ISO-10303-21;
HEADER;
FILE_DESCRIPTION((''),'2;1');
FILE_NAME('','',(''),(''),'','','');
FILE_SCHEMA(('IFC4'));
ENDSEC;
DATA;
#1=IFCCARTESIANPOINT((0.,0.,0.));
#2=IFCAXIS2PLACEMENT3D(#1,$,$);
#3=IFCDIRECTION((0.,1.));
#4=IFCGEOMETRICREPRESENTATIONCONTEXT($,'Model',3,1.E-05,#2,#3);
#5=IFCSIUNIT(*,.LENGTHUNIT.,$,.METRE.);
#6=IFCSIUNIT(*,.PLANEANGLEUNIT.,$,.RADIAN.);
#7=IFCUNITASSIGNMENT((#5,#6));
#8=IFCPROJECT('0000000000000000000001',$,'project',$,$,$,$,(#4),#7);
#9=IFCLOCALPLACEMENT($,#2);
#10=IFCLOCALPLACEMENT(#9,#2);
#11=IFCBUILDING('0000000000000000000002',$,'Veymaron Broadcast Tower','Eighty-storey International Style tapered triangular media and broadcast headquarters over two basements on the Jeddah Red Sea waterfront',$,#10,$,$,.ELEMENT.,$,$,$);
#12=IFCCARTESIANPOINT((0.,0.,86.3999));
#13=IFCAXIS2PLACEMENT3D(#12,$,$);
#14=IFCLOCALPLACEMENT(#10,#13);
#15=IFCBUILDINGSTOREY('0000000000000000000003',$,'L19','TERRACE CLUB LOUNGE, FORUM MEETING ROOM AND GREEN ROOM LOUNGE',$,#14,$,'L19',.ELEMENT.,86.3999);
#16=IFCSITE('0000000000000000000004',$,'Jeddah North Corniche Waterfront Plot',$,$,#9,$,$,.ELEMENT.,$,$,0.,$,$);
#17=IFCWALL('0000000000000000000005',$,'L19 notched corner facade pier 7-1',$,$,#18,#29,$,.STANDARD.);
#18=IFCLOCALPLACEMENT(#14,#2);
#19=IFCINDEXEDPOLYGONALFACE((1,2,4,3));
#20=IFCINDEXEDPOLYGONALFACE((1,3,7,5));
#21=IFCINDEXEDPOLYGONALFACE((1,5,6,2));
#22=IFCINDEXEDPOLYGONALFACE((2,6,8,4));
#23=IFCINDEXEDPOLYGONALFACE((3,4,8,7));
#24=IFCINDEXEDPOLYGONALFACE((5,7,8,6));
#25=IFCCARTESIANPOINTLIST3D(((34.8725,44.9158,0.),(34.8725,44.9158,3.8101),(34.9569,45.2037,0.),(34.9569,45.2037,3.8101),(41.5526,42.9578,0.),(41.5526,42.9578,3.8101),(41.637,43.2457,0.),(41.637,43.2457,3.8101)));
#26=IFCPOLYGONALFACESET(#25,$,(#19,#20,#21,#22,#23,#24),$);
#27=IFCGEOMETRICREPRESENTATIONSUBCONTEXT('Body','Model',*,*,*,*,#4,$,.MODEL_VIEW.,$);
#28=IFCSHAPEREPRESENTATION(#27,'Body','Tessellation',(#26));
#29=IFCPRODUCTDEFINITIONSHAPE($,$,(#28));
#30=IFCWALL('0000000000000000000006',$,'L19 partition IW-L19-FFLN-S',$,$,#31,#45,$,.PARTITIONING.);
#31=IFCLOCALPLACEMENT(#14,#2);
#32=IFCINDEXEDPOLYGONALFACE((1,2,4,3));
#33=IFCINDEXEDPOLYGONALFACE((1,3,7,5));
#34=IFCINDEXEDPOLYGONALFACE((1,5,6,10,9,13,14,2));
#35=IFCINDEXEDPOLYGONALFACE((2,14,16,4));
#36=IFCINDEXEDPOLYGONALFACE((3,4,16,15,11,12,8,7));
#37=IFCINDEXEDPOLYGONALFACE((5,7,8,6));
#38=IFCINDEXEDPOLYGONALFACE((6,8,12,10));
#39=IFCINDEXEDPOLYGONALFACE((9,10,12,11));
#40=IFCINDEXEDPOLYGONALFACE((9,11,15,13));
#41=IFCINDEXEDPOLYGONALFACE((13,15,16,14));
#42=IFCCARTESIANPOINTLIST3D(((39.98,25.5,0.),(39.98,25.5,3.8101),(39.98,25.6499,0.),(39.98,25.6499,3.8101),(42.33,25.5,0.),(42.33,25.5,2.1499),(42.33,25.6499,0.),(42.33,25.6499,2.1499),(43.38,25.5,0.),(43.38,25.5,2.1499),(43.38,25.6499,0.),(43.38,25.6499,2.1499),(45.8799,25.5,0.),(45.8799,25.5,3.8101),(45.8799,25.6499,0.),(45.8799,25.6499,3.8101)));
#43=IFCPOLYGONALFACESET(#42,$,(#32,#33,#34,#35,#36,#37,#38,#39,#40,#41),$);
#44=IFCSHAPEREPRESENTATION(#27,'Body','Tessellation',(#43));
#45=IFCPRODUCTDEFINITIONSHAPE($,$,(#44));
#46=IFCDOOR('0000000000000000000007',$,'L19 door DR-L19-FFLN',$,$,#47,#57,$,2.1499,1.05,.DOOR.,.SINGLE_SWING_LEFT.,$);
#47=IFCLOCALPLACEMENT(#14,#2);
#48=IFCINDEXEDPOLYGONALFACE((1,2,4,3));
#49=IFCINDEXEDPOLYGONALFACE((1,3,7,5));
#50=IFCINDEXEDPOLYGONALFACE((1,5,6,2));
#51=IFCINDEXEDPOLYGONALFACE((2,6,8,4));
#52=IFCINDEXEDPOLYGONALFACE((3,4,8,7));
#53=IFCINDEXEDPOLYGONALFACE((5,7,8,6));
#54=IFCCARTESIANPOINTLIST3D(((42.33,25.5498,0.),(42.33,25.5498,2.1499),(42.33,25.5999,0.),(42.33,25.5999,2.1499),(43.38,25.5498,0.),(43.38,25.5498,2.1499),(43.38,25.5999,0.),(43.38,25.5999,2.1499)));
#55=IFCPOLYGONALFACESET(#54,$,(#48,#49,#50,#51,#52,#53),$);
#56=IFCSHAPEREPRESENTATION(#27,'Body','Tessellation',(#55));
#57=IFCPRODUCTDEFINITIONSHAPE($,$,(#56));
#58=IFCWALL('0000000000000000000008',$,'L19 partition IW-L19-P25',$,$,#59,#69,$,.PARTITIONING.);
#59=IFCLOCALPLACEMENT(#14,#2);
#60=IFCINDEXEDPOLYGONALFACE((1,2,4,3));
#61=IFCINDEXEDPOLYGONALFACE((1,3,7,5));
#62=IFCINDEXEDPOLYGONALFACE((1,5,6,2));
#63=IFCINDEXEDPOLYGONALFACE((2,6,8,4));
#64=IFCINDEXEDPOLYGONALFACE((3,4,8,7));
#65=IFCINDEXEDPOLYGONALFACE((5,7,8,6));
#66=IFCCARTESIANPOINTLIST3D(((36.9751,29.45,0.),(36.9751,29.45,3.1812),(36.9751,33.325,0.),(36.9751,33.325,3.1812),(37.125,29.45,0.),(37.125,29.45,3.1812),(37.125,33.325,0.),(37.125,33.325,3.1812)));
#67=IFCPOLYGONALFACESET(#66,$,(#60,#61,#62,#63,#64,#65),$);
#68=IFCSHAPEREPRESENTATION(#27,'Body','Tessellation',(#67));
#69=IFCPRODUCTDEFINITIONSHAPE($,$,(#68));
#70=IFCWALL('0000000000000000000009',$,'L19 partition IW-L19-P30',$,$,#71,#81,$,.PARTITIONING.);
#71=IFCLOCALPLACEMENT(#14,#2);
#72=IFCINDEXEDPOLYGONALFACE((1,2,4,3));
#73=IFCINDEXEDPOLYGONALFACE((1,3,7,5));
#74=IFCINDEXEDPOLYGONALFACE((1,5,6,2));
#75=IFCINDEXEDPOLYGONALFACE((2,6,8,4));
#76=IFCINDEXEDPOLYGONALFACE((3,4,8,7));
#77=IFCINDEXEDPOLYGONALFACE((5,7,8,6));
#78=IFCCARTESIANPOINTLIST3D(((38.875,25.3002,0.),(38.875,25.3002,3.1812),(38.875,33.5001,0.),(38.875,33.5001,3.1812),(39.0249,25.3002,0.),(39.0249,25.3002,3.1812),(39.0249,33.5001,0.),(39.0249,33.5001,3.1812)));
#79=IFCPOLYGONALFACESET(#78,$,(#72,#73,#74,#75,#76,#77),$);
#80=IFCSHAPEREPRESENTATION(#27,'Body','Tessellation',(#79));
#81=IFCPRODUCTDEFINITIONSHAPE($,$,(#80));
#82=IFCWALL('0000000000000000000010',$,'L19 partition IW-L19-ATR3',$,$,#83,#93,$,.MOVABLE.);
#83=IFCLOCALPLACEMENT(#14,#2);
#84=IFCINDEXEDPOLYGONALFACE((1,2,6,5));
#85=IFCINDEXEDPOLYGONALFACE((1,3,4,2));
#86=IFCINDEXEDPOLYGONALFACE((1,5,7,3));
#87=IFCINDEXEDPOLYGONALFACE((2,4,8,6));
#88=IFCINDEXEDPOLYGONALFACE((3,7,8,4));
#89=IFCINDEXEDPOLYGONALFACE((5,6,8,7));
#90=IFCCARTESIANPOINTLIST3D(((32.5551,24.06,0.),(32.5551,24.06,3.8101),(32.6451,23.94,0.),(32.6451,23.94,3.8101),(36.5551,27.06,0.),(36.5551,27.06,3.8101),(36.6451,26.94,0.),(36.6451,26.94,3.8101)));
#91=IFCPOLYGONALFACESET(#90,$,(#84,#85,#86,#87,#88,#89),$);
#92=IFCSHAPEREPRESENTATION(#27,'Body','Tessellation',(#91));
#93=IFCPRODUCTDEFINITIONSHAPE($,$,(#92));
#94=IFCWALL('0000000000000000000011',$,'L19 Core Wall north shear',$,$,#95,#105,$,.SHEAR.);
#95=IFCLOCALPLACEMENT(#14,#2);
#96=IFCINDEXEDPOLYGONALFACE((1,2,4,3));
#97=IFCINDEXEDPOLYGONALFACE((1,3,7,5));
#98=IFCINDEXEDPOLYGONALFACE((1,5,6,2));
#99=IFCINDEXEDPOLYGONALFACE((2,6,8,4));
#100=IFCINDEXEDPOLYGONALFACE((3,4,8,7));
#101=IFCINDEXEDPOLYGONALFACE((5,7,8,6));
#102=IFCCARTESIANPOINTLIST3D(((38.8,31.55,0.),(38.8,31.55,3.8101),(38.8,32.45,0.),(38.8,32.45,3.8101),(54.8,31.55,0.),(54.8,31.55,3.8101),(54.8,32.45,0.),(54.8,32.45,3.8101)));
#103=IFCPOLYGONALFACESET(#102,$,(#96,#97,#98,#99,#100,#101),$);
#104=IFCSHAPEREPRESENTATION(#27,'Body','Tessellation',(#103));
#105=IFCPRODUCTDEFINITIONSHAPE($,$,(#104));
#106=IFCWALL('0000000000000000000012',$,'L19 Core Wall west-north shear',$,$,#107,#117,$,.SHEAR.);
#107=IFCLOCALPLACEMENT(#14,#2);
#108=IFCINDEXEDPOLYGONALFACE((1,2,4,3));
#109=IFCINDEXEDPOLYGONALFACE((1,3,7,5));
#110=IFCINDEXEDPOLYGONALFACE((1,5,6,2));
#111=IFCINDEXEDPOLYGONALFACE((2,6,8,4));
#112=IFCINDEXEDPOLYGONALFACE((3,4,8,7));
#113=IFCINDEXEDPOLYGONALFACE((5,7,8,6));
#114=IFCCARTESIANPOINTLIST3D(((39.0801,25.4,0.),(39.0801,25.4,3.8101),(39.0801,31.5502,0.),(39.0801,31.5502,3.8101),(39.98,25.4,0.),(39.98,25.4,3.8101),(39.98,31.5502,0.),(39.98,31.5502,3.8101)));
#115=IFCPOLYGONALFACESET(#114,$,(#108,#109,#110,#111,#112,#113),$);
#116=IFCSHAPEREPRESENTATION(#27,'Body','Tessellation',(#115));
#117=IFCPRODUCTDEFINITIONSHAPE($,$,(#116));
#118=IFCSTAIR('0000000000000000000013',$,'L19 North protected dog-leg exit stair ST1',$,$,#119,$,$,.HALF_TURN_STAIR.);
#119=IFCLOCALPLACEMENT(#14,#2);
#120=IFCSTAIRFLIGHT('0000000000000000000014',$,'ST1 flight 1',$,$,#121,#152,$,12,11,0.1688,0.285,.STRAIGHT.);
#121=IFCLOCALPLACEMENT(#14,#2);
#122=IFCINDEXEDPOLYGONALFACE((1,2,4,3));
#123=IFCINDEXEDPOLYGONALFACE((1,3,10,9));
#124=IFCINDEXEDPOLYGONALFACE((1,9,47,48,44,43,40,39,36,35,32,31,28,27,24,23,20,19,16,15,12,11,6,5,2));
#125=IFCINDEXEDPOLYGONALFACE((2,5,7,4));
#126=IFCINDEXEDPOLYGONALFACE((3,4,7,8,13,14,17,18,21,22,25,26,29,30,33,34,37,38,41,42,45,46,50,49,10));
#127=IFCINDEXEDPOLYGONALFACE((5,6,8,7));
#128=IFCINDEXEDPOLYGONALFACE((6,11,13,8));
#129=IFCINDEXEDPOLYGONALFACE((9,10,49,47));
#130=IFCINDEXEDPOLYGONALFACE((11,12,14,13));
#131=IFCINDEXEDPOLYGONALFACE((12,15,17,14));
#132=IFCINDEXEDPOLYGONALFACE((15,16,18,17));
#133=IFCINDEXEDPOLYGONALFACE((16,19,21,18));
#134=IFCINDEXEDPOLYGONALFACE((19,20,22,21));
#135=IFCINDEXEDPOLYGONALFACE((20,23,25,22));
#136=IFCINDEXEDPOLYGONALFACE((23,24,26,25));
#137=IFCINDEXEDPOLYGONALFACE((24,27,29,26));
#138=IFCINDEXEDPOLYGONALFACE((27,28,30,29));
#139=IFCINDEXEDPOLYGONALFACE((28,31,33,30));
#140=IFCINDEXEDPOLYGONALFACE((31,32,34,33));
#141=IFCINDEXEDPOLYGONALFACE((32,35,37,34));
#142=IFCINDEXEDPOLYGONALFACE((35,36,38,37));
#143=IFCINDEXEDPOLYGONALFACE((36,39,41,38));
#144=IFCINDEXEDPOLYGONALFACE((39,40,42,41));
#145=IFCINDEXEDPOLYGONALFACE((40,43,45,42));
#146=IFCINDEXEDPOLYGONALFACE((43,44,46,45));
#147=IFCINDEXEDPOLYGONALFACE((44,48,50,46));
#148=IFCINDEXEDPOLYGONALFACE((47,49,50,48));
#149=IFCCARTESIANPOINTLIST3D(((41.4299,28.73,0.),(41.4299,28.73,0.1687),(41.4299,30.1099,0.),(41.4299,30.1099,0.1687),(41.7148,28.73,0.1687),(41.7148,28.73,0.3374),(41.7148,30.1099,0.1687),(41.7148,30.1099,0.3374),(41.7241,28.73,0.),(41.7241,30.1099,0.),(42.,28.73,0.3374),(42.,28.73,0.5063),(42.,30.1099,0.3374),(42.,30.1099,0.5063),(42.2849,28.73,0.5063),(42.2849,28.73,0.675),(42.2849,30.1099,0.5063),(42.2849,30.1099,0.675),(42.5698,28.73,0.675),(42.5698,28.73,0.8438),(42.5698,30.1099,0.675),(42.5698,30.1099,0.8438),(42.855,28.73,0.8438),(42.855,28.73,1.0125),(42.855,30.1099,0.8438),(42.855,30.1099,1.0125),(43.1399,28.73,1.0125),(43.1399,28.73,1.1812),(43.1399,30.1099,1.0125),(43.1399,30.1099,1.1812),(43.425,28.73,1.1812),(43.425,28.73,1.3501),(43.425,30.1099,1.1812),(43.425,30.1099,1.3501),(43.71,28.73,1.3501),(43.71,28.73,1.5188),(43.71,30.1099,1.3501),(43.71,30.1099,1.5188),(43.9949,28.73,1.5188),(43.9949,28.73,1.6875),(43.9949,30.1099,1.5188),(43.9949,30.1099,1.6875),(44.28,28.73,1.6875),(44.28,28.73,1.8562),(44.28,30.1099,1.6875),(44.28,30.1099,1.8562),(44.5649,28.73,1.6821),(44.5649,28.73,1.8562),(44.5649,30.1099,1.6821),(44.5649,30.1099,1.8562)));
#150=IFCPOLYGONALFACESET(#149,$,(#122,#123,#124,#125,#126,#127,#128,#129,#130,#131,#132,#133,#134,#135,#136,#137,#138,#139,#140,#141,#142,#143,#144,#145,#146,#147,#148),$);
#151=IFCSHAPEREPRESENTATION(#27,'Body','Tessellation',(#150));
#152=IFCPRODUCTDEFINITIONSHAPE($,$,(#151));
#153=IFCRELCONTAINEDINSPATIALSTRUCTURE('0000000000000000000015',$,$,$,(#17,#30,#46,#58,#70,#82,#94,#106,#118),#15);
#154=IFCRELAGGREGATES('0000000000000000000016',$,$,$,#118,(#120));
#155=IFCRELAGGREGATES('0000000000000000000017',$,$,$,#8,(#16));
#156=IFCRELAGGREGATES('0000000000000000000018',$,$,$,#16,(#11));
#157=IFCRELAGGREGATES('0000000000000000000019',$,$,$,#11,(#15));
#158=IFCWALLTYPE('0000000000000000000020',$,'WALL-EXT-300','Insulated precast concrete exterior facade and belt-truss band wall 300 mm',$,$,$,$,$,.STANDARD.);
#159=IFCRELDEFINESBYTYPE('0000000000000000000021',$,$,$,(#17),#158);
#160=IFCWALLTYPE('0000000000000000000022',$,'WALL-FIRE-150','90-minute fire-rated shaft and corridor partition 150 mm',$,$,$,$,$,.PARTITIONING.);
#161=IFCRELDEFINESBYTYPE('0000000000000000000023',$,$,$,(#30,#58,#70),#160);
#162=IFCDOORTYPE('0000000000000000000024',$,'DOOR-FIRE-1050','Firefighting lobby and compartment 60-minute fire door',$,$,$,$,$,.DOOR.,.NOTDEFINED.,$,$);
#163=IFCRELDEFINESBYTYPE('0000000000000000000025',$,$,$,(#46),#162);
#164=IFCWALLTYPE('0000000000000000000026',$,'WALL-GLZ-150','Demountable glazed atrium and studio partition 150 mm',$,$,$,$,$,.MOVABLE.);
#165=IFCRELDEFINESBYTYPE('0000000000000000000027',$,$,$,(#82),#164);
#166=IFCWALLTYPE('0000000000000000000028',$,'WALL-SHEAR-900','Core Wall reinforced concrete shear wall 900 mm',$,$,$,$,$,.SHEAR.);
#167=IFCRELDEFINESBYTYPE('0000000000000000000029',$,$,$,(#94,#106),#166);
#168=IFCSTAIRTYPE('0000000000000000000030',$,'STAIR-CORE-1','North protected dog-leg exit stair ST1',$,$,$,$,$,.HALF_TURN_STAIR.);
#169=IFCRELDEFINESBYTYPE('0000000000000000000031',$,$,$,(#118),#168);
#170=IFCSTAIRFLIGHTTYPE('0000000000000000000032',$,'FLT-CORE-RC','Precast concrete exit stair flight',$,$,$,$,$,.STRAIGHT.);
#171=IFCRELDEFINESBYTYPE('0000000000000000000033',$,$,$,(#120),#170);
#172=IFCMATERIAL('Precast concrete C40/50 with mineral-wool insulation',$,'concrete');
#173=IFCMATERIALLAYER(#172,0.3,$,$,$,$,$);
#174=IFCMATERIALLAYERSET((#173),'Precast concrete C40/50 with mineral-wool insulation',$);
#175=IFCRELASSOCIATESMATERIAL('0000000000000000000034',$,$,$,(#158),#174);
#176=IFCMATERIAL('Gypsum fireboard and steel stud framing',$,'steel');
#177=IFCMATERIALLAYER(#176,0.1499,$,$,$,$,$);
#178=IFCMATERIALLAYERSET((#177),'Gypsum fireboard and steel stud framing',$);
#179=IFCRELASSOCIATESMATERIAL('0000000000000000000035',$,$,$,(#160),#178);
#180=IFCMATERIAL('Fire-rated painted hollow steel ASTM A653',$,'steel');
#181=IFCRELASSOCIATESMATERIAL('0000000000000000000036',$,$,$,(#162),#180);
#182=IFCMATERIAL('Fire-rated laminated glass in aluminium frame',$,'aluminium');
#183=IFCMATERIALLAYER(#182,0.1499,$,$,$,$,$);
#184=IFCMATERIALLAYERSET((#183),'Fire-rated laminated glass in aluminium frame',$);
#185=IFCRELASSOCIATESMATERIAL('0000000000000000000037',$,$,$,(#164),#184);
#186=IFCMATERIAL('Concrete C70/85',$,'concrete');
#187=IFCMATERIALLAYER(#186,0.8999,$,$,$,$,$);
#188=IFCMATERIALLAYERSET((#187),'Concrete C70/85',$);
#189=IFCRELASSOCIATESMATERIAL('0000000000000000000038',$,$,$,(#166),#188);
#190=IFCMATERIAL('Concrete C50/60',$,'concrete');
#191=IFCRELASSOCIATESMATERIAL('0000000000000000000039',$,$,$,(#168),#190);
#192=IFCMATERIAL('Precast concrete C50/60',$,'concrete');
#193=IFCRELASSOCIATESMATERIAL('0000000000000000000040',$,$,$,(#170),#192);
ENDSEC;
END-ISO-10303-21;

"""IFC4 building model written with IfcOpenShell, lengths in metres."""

from ifc_helpers import new_model, si_unit, direction, frame, frame_2d, origin, place, context, subcontext, project, spatial, polyline, rectangle, outline, extrude, material, layer, layer_set, type_object, element, fill, aggregate, save


model = new_model("IFC4")

# Units and contexts
model_context = context("Model", 3, precision=1e-05, world=origin(), true_north=direction((0.0, 1.0)))
body_context = subcontext(model_context, "Body", "Model", "MODEL_VIEW")
ifc_project = project(units=[si_unit("LENGTHUNIT", "METRE"), si_unit("PLANEANGLEUNIT", "RADIAN")], contexts=[model_context])

# Site, building, storey
site_placement = place(None, origin())
site = spatial("IfcSite", under=ifc_project, at=site_placement, Name="Jeddah North Corniche Waterfront Plot", CompositionType="ELEMENT", RefElevation=0.0)
building_placement = place(site_placement, origin())
building = spatial("IfcBuilding", under=site, at=building_placement, Name="Veymaron Broadcast Tower", Description="Eighty-storey International Style tapered triangular media and broadcast headquarters over two basements on the Jeddah Red Sea waterfront", CompositionType="ELEMENT")
storey_placement = place(building_placement, frame((0.0, 0.0, 86.3999)))
storey = spatial("IfcBuildingStorey", under=building, at=storey_placement, Name="L19", Description="TERRACE CLUB LOUNGE, FORUM MEETING ROOM AND GREEN ROOM LOUNGE", LongName="L19", CompositionType="ELEMENT", Elevation=86.3999)

# Wall
ifc_material_1 = material(Name="Precast concrete C40/50 with mineral-wool insulation", Category="concrete")
ifc_layer_1 = layer(ifc_material_1, 0.3)
ifc_layer_set_1 = layer_set([ifc_layer_1], Name="Precast concrete C40/50 with mineral-wool insulation")
wall_type_1 = type_object("IfcWallType", Name="WALL-EXT-300", Description="Insulated precast concrete exterior facade and belt-truss band wall 300 mm", PredefinedType="STANDARD", material=ifc_layer_set_1)
wall_1_placement = place(storey_placement, frame((41.5947, 43.1018, 0.0), z_axis=(0.0, 0.0, 1.0), x_axis=(-0.959628, 0.281274, 0.0)))
element("IfcWall", 1, at=wall_1_placement, inside=storey, type_object=wall_type_1, Name="L19 notched corner facade pier 7-1", PredefinedType="STANDARD", context=body_context, shape_type="SweptSolid", body=[
    extrude(rectangle(XDim=6.9612, YDim=0.3, at=frame_2d((3.4805, 0.0))), origin(), (0.0, 0.0, 1.0), 3.8101),
])

# Wall, opening, door
ifc_material_2 = material(Name="Gypsum fireboard and steel stud framing", Category="steel")
ifc_layer_2 = layer(ifc_material_2, 0.1499)
ifc_layer_set_2 = layer_set([ifc_layer_2], Name="Gypsum fireboard and steel stud framing")
wall_type_2 = type_object("IfcWallType", Name="WALL-FIRE-150", Description="90-minute fire-rated shaft and corridor partition 150 mm", PredefinedType="PARTITIONING", material=ifc_layer_set_2)
wall_2_placement = place(storey_placement, frame((39.98, 25.575, 0.0), z_axis=(0.0, 0.0, 1.0), x_axis=(1.0, 0.0, 0.0)))
wall_2 = element("IfcWall", 2, at=wall_2_placement, inside=storey, type_object=wall_type_2, Name="L19 partition IW-L19-FFLN-S", PredefinedType="PARTITIONING", context=body_context, shape_type="SweptSolid", body=[
    extrude(rectangle(XDim=5.8999, YDim=0.1499, at=frame_2d((2.95, 0.0))), origin(), (0.0, 0.0, 1.0), 3.8101),
])
opening_1_placement = place(wall_2_placement, frame((2.3501, 0.0, 0.0)))
opening_1 = element("IfcOpeningElement", 3, at=opening_1_placement, cuts=wall_2, PredefinedType="OPENING", context=body_context, shape_type="SweptSolid", body=[
    extrude(rectangle(XDim=1.05, YDim=2.1499, at=frame_2d((0.5249, 1.075))), frame((0.0, 0.085, 0.0), z_axis=(0.0, -1.0, 0.0), x_axis=(1.0, 0.0, 0.0)), (0.0, 0.0, 1.0), 0.1699),
])
ifc_material_3 = material(Name="Fire-rated painted hollow steel ASTM A653", Category="steel")
door_type_1 = type_object("IfcDoorType", Name="DOOR-FIRE-1050", Description="Firefighting lobby and compartment 60-minute fire door", OperationType="NOTDEFINED", PredefinedType="DOOR", material=ifc_material_3)
door_1_placement = place(opening_1_placement, origin())
door_1 = element("IfcDoor", 4, at=door_1_placement, inside=storey, type_object=door_type_1, Name="L19 door DR-L19-FFLN", OperationType="SINGLE_SWING_LEFT", OverallHeight=2.1499, OverallWidth=1.05, PredefinedType="DOOR", context=body_context, shape_type="SweptSolid", body=[
    extrude(rectangle(XDim=1.05, YDim=2.1499, at=frame_2d((0.5249, 1.075))), frame((0.0, 0.0249, 0.0), z_axis=(0.0, -1.0, 0.0), x_axis=(1.0, 0.0, 0.0)), (0.0, 0.0, 1.0), 0.05),
])
fill(opening_1, door_1)

# Walls
wall_3_placement = place(storey_placement, frame((37.05, 29.45, 0.0), z_axis=(0.0, 0.0, 1.0), x_axis=(0.0, 1.0, 0.0)))
element("IfcWall", 5, at=wall_3_placement, inside=storey, type_object=wall_type_2, Name="L19 partition IW-L19-P25", PredefinedType="PARTITIONING", context=body_context, shape_type="SweptSolid", body=[
    extrude(rectangle(XDim=3.875, YDim=0.1499, at=frame_2d((1.9375, 0.0))), origin(), (0.0, 0.0, 1.0), 3.1812),
])
wall_4_placement = place(storey_placement, frame((38.95, 25.3, 0.0), z_axis=(0.0, 0.0, 1.0), x_axis=(0.0, 1.0, 0.0)))
element("IfcWall", 6, at=wall_4_placement, inside=storey, type_object=wall_type_2, Name="L19 partition IW-L19-P30", PredefinedType="PARTITIONING", context=body_context, shape_type="SweptSolid", body=[
    extrude(rectangle(XDim=8.2, YDim=0.1499, at=frame_2d((4.1001, 0.0))), origin(), (0.0, 0.0, 1.0), 3.1812),
])
ifc_material_4 = material(Name="Fire-rated laminated glass in aluminium frame", Category="aluminium")
ifc_layer_3 = layer(ifc_material_4, 0.1499)
ifc_layer_set_3 = layer_set([ifc_layer_3], Name="Fire-rated laminated glass in aluminium frame")
wall_type_3 = type_object("IfcWallType", Name="WALL-GLZ-150", Description="Demountable glazed atrium and studio partition 150 mm", PredefinedType="MOVABLE", material=ifc_layer_set_3)
wall_5_placement = place(storey_placement, frame((36.6001, 27.0, 0.0), z_axis=(0.0, 0.0, 1.0), x_axis=(-0.8, -0.6, 0.0)))
element("IfcWall", 7, at=wall_5_placement, inside=storey, type_object=wall_type_3, Name="L19 partition IW-L19-ATR3", PredefinedType="MOVABLE", context=body_context, shape_type="SweptSolid", body=[
    extrude(rectangle(XDim=5.0, YDim=0.1499, at=frame_2d((2.5, 0.0))), origin(), (0.0, 0.0, 1.0), 3.8101),
])

# Shared definitions
ifc_material_5 = material(Name="Concrete C50/60", Category="concrete")

# Walls
ifc_material_6 = material(Name="Concrete C70/85", Category="concrete")
ifc_layer_4 = layer(ifc_material_6, 0.8999)
ifc_layer_set_4 = layer_set([ifc_layer_4], Name="Concrete C70/85")
wall_type_4 = type_object("IfcWallType", Name="WALL-SHEAR-900", Description="Core Wall reinforced concrete shear wall 900 mm", PredefinedType="SHEAR", material=ifc_layer_set_4)
wall_6_placement = place(storey_placement, frame((38.8, 32.0, 0.0), z_axis=(0.0, 0.0, 1.0), x_axis=(1.0, 0.0, 0.0)))
element("IfcWall", 8, at=wall_6_placement, inside=storey, type_object=wall_type_4, Name="L19 Core Wall north shear", PredefinedType="SHEAR", context=body_context, shape_type="SweptSolid", body=[
    extrude(rectangle(XDim=16.0, YDim=0.8999, at=frame_2d((8.0, 0.0))), origin(), (0.0, 0.0, 1.0), 3.8101),
])
wall_7_placement = place(storey_placement, frame((39.53, 25.3999, 0.0), z_axis=(0.0, 0.0, 1.0), x_axis=(0.0, 1.0, 0.0)))
element("IfcWall", 9, at=wall_7_placement, inside=storey, type_object=wall_type_4, Name="L19 Core Wall west-north shear", PredefinedType="SHEAR", context=body_context, shape_type="SweptSolid", body=[
    extrude(rectangle(XDim=6.1501, YDim=0.8999, at=frame_2d((3.0752, 0.0))), origin(), (0.0, 0.0, 1.0), 3.8101),
])

# Stair, stair flight
stair_type = type_object("IfcStairType", Name="STAIR-CORE-1", Description="North protected dog-leg exit stair ST1", PredefinedType="HALF_TURN_STAIR", material=ifc_material_5)
stair_placement = place(storey_placement, origin())
stair = element("IfcStair", 10, at=stair_placement, inside=storey, type_object=stair_type, Name="L19 North protected dog-leg exit stair ST1", PredefinedType="HALF_TURN_STAIR")
ifc_material_7 = material(Name="Precast concrete C50/60", Category="concrete")
stair_flight_type = type_object("IfcStairFlightType", Name="FLT-CORE-RC", Description="Precast concrete exit stair flight", PredefinedType="STRAIGHT", material=ifc_material_7)
stair_flight_1_placement = place(storey_placement, frame((41.4299, 29.4199, 0.0), z_axis=(0.0, 0.0, 1.0), x_axis=(1.0, 0.0, 0.0)))
stair_flight_1 = element("IfcStairFlight", 11, at=stair_flight_1_placement, type_object=stair_flight_type, Name="ST1 flight 1", NumberOfRisers=12, NumberOfTreads=11, PredefinedType="STRAIGHT", RiserHeight=0.1688, TreadLength=0.285, context=body_context, shape_type="SweptSolid", body=[
    extrude(outline(polyline([(0.0, 0.0), (0.0, 0.1687), (0.2849, 0.1687), (0.2849, 0.3374), (0.5701, 0.3374), (0.5701, 0.5063), (0.855, 0.5063), (0.855, 0.675), (1.1399, 0.675), (1.1399, 0.8438), (1.425, 0.8438), (1.425, 1.0125), (1.71, 1.0125), (1.71, 1.1812), (1.9951, 1.1812), (1.9951, 1.3501), (2.28, 1.3501), (2.28, 1.5188), (2.5649, 1.5188), (2.5649, 1.6875), (2.8501, 1.6875), (2.8501, 1.8562), (3.135, 1.8562), (3.135, 2.0249), (3.135, 1.6821), (0.2942, 0.0), (0.0, 0.0)])), frame((0.0, 0.6899, 0.0), z_axis=(0.0, -1.0, 0.0), x_axis=(1.0, 0.0, 0.0)), (0.0, 0.0, 1.0), 1.3799),
])
aggregate(stair, [stair_flight_1])

save(model, "model.ifc")
